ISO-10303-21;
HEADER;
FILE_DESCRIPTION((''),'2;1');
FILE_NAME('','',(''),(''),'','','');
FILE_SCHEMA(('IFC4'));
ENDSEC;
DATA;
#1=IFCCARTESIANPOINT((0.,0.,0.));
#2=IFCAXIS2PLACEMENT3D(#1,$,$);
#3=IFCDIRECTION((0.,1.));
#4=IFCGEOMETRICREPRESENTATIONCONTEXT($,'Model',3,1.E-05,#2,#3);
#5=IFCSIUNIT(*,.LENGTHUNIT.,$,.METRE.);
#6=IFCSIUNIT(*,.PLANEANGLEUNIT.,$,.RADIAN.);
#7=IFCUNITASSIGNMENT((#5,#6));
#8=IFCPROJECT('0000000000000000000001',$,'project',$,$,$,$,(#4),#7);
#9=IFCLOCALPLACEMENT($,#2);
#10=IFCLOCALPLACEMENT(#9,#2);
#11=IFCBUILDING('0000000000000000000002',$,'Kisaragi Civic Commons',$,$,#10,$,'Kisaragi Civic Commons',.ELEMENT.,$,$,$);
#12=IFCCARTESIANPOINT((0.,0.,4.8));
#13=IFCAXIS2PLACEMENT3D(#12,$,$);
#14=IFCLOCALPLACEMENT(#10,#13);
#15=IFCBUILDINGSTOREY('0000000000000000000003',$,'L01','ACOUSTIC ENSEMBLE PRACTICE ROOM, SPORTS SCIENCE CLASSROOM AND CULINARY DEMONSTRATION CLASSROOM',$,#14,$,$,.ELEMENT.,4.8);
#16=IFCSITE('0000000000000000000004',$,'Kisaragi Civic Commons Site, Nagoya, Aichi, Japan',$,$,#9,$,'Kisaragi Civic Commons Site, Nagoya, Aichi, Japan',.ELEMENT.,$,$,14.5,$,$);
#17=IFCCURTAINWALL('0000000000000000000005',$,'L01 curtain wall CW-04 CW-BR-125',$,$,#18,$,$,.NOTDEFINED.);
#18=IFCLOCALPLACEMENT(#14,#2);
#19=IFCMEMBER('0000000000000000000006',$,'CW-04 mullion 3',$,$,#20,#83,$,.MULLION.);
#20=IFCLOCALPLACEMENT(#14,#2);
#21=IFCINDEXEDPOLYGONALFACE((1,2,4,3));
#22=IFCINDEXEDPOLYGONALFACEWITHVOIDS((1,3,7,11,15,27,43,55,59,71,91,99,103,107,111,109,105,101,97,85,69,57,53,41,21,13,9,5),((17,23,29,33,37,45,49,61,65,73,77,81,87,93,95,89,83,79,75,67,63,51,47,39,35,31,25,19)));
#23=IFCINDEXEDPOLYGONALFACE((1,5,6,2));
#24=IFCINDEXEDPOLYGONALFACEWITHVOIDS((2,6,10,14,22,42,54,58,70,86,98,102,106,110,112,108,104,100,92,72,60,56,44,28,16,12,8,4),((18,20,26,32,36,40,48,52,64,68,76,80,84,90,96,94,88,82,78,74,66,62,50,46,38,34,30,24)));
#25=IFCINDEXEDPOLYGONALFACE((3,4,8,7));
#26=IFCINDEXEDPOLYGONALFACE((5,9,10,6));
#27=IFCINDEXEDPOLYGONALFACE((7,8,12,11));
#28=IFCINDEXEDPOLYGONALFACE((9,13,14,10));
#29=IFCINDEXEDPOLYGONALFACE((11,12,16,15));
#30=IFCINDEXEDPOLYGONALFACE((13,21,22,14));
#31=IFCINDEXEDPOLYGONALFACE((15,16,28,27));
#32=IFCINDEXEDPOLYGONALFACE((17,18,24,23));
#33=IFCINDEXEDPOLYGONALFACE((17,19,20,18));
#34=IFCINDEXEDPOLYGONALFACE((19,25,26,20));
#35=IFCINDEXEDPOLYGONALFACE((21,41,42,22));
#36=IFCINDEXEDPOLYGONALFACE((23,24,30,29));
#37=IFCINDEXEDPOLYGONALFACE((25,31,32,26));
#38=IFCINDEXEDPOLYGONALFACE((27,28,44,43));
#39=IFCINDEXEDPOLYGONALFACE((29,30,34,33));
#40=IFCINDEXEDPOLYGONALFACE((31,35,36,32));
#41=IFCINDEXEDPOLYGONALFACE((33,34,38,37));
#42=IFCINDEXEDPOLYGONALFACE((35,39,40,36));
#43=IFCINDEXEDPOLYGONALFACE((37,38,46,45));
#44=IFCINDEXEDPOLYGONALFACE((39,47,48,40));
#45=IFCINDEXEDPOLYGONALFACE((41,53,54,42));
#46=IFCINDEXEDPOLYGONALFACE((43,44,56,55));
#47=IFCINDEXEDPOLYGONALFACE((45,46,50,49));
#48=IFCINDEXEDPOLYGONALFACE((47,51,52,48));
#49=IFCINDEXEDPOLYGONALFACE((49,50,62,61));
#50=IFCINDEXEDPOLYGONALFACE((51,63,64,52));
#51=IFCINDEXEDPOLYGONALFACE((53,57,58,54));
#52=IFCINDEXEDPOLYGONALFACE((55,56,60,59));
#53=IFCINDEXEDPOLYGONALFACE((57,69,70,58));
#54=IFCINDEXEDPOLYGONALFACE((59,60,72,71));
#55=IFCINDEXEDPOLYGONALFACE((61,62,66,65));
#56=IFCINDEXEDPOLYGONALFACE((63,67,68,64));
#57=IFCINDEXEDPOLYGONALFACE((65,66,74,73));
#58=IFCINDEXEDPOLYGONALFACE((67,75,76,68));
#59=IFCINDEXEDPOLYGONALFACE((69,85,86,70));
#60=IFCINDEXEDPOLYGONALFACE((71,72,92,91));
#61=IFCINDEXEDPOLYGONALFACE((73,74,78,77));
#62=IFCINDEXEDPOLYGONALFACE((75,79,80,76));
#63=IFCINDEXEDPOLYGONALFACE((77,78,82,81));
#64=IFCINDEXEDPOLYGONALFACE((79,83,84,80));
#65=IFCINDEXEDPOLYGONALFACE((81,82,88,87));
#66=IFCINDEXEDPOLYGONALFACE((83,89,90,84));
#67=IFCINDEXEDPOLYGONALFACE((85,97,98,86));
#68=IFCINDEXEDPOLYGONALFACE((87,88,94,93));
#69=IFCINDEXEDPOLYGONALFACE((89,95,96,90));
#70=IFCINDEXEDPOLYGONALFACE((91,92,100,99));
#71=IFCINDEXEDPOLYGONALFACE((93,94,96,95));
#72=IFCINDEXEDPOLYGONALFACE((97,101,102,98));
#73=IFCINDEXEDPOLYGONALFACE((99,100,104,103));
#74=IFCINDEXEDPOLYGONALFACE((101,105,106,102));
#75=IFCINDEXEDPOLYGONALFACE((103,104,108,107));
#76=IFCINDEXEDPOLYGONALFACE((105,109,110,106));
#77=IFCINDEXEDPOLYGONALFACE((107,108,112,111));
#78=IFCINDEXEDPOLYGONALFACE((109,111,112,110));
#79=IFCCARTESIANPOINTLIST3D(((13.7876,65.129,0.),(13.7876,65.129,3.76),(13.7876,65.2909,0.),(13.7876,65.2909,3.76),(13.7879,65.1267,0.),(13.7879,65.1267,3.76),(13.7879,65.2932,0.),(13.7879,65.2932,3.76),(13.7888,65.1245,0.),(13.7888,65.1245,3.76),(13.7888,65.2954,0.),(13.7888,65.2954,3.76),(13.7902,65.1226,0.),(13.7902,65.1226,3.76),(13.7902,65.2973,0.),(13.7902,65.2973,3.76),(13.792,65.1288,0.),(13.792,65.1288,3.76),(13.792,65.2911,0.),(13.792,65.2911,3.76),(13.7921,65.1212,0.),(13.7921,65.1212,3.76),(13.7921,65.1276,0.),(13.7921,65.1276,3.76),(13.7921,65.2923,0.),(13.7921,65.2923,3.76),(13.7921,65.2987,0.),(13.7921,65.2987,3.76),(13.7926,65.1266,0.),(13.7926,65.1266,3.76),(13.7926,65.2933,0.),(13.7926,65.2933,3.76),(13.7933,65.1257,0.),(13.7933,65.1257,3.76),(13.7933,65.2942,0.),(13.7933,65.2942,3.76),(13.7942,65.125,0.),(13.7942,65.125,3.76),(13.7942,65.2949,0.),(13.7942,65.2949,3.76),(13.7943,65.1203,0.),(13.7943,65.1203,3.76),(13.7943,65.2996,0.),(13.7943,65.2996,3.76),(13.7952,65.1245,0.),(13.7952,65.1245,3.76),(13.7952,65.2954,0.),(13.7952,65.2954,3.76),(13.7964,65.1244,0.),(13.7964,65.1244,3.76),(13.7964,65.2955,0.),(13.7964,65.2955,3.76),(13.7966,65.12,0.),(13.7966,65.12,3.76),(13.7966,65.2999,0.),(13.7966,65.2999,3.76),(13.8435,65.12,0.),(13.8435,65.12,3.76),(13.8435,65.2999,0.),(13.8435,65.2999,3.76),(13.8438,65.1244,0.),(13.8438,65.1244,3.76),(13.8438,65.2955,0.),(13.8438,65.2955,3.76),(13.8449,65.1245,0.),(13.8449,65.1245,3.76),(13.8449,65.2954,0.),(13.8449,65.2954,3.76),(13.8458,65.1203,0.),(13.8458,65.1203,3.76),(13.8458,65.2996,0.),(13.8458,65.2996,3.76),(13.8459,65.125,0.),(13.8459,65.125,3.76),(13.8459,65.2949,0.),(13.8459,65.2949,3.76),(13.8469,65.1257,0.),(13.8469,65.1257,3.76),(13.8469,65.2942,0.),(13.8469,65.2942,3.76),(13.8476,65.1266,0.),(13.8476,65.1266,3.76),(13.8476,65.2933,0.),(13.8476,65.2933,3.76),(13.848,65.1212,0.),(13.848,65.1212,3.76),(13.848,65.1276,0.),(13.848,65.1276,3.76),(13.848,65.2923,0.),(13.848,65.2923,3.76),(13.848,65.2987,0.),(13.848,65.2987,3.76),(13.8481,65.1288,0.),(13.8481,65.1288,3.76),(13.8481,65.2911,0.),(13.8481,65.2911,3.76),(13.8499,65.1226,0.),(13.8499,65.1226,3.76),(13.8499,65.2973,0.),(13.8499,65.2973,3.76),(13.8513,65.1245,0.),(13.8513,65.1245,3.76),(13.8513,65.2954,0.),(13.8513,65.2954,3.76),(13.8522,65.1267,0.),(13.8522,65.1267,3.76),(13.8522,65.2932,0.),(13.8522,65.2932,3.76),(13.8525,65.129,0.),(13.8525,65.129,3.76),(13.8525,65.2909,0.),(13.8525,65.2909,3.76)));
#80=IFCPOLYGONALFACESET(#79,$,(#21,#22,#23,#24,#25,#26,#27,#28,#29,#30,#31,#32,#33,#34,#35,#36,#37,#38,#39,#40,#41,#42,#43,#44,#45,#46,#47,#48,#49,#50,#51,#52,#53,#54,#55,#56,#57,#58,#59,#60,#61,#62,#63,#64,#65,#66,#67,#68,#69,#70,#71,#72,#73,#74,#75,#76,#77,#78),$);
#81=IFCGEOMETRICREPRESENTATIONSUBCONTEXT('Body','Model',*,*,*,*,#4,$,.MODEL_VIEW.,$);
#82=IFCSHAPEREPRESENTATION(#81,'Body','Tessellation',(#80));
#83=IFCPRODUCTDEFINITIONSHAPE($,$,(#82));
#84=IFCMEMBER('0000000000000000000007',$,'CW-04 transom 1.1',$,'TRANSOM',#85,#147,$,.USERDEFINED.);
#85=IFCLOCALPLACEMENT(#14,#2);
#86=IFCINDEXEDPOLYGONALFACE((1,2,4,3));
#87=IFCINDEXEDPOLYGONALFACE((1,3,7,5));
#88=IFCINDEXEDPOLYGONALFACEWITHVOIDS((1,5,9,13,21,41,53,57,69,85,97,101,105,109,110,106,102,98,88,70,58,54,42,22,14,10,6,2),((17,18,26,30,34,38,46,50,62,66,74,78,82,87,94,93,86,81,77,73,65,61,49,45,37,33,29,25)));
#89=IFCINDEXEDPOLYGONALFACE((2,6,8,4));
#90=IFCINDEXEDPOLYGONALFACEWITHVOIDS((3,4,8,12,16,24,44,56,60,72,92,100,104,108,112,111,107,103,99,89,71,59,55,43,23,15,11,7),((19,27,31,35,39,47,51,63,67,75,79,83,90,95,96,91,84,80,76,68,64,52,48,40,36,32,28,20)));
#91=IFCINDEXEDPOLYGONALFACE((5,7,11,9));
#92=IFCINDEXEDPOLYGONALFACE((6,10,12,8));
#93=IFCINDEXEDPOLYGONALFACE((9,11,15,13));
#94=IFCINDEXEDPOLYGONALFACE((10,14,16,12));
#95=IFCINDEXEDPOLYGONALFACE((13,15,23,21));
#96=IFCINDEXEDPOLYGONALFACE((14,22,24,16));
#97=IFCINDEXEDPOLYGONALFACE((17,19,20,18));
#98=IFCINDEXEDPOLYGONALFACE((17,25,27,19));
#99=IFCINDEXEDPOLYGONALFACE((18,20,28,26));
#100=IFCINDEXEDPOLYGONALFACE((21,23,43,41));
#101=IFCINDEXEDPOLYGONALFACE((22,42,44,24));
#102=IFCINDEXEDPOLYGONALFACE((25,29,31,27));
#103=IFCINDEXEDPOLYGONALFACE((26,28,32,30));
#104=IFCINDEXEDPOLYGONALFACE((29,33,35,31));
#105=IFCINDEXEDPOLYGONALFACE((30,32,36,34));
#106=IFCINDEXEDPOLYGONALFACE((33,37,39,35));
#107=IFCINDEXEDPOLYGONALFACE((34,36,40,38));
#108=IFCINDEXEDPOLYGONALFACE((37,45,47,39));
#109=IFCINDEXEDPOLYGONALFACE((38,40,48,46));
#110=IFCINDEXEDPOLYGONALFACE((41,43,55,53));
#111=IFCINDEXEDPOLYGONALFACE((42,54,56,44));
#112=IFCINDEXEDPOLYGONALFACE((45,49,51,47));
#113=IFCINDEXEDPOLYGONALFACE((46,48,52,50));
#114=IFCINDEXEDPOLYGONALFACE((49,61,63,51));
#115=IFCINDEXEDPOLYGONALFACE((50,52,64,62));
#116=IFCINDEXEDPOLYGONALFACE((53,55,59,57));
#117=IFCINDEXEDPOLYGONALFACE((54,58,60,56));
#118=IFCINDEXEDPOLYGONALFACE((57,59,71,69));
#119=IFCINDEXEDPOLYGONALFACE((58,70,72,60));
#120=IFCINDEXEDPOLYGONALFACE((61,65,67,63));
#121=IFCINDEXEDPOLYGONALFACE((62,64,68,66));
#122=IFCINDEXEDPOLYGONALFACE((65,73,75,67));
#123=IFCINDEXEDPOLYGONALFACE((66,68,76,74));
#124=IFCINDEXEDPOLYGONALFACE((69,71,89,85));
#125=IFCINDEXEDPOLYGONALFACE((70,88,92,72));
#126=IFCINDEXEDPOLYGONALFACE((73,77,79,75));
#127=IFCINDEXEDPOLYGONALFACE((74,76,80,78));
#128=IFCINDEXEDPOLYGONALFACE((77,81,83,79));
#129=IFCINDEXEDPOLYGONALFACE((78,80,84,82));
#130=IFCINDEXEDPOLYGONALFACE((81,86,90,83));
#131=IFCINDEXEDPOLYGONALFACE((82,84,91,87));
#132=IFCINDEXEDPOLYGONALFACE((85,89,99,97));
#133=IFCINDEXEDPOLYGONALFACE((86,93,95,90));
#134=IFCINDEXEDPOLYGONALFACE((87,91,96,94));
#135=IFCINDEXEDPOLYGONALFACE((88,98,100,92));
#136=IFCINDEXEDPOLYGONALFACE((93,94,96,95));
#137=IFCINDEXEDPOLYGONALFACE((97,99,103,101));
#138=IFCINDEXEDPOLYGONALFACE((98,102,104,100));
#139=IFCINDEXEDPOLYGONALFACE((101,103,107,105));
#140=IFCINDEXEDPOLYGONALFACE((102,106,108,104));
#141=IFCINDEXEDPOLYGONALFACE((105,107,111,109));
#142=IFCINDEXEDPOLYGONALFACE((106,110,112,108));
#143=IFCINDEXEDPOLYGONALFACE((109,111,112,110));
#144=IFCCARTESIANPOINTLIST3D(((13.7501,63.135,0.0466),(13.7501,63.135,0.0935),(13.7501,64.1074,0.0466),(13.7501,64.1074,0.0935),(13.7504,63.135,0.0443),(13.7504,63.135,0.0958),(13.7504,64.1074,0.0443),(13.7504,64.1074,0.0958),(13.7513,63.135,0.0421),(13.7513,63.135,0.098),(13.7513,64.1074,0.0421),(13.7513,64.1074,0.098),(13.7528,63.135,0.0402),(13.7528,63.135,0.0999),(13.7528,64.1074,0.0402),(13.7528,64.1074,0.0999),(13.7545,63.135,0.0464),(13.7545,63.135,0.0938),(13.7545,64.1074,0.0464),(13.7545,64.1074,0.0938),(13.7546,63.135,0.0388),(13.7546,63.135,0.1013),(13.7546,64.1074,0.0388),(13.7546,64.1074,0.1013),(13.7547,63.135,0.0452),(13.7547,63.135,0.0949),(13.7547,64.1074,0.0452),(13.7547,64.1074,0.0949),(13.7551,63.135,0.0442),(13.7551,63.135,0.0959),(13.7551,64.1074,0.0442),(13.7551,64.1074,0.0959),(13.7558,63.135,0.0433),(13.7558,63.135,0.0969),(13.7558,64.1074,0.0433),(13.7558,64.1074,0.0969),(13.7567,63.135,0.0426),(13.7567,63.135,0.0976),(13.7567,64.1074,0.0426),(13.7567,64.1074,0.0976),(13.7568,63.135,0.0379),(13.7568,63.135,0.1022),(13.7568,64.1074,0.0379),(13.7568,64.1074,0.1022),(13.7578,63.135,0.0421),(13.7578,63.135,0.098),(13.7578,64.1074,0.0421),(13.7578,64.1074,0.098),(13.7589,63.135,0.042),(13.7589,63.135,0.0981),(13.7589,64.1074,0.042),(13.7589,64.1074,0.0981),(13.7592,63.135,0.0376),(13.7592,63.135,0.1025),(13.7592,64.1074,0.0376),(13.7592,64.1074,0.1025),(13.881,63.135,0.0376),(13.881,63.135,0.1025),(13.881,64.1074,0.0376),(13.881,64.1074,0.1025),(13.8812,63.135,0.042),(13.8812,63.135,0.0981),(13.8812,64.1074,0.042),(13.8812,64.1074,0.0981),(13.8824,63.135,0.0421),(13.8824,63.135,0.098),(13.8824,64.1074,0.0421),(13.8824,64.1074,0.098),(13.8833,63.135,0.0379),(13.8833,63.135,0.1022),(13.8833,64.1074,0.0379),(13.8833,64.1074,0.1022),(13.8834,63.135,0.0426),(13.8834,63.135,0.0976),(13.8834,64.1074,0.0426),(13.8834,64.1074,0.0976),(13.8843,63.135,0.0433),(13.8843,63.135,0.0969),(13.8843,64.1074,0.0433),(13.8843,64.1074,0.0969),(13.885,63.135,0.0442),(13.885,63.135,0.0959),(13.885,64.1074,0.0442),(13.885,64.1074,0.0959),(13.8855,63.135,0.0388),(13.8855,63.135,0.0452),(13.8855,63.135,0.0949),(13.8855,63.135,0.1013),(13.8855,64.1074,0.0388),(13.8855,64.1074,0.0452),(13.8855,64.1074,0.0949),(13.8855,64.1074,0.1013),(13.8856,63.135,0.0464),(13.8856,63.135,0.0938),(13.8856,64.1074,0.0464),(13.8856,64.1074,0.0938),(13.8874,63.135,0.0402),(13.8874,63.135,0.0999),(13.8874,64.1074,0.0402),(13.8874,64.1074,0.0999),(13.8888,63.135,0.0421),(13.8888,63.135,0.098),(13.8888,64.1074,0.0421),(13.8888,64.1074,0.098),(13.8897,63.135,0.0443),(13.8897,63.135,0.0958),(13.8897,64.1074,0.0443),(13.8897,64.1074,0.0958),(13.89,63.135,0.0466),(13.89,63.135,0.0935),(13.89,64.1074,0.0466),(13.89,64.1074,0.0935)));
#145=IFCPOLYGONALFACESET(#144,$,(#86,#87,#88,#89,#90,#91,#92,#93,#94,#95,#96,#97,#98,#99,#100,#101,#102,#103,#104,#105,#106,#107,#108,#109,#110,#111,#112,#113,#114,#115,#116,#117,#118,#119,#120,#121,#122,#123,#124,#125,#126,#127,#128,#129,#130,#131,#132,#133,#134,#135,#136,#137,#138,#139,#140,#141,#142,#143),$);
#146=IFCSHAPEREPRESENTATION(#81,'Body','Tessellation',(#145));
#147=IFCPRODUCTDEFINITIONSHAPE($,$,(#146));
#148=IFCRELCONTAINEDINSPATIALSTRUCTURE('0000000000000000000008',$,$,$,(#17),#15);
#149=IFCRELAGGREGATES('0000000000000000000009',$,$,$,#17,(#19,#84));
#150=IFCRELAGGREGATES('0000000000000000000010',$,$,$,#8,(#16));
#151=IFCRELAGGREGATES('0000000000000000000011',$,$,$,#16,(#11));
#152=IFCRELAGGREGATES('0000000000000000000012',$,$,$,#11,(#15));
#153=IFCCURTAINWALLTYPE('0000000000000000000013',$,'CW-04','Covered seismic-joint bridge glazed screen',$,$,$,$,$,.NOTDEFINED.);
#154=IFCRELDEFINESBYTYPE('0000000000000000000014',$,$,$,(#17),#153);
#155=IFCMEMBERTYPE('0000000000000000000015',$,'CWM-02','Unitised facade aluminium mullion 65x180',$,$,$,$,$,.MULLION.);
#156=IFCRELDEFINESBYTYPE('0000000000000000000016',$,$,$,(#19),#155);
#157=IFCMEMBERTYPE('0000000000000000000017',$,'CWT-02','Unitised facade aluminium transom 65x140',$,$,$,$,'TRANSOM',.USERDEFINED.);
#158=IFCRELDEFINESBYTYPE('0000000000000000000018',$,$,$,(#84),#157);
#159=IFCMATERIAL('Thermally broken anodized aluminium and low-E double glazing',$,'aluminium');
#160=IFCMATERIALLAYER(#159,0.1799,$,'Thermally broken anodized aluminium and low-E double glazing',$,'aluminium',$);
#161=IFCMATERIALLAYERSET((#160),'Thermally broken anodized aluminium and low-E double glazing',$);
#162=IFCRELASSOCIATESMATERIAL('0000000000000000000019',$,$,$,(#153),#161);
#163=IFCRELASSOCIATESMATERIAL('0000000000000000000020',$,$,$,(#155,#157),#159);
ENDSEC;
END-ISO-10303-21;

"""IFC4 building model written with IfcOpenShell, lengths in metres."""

from ifc_helpers import new_model, si_unit, direction, frame, origin, origin_2d, place, context, subcontext, project, spatial, hollow_rectangle, extrude, material, layer, layer_set, material_profile, profile_set, type_object, element, aggregate, save


model = new_model("IFC4")

# Units and contexts
model_context = context("Model", 3, precision=1e-05, world=origin(), true_north=direction((0.0, 1.0)))
body_context = subcontext(model_context, "Body", "Model", "MODEL_VIEW")
ifc_project = project(units=[si_unit("LENGTHUNIT", "METRE"), si_unit("PLANEANGLEUNIT", "RADIAN")], contexts=[model_context])

# Site, building, storey
site_placement = place(None, origin())
site = spatial("IfcSite", under=ifc_project, at=site_placement, Name="Kisaragi Civic Commons Site, Nagoya, Aichi, Japan", LongName="Kisaragi Civic Commons Site, Nagoya, Aichi, Japan", CompositionType="ELEMENT", RefElevation=14.5)
building_placement = place(site_placement, origin())
building = spatial("IfcBuilding", under=site, at=building_placement, Name="Kisaragi Civic Commons", LongName="Kisaragi Civic Commons", CompositionType="ELEMENT")
storey_placement = place(building_placement, frame((0.0, 0.0, 4.8)))
storey = spatial("IfcBuildingStorey", under=building, at=storey_placement, Name="L01", Description="ACOUSTIC ENSEMBLE PRACTICE ROOM, SPORTS SCIENCE CLASSROOM AND CULINARY DEMONSTRATION CLASSROOM", CompositionType="ELEMENT", Elevation=4.8)

# Curtain wall, members
ifc_material_1 = material(Name="Thermally broken anodized aluminium and low-E double glazing", Category="aluminium")
ifc_layer_1 = layer(ifc_material_1, 0.1799, Name="Thermally broken anodized aluminium and low-E double glazing", Category="aluminium")
ifc_layer_set_1 = layer_set([ifc_layer_1], Name="Thermally broken anodized aluminium and low-E double glazing")
curtain_wall_type = type_object("IfcCurtainWallType", Name="CW-04", Description="Covered seismic-joint bridge glazed screen", PredefinedType="NOTDEFINED", material=ifc_layer_set_1)
curtain_wall_placement = place(storey_placement, origin())
curtain_wall = element("IfcCurtainWall", 1, at=curtain_wall_placement, inside=storey, type_object=curtain_wall_type, Name="L01 curtain wall CW-04 CW-BR-125", PredefinedType="NOTDEFINED")
ifc_material_profile_1 = material_profile(ifc_material_1, hollow_rectangle(XDim=0.0649, YDim=0.1799, WallThickness=0.0044, InnerFilletRadius=0.0044, OuterFilletRadius=0.009, at=origin_2d()), Name="CWM-65x180x4.5", Category="aluminium")
ifc_profile_set_1 = profile_set([ifc_material_profile_1], Name="Thermally broken anodized aluminium and low-E double glazing")
member_type_1 = type_object("IfcMemberType", Name="CWM-02", Description="Unitised facade aluminium mullion 65x180", PredefinedType="MULLION", material=ifc_profile_set_1)
member_1_placement = place(storey_placement, frame((13.8201, 65.21, 0.0), z_axis=(0.0, 0.0, 1.0), x_axis=(-1.0, 0.0, 0.0)))
member_1 = element("IfcMember", 2, at=member_1_placement, type_object=member_type_1, Name="CW-04 mullion 3", PredefinedType="MULLION", context=body_context, shape_type="SweptSolid", body=[
    extrude(hollow_rectangle(XDim=0.0649, YDim=0.1799, WallThickness=0.0044, InnerFilletRadius=0.0044, OuterFilletRadius=0.009, at=origin_2d()), origin(), (0.0, 0.0, 1.0), 3.76),
])
ifc_material_profile_2 = material_profile(ifc_material_1, hollow_rectangle(XDim=0.1399, YDim=0.0649, WallThickness=0.0044, InnerFilletRadius=0.0044, OuterFilletRadius=0.009, at=origin_2d()), Name="CWT-65x140x4.5", Category="aluminium")
ifc_profile_set_2 = profile_set([ifc_material_profile_2], Name="Thermally broken anodized aluminium and low-E double glazing")
member_type_2 = type_object("IfcMemberType", Name="CWT-02", Description="Unitised facade aluminium transom 65x140", ElementType="TRANSOM", PredefinedType="USERDEFINED", material=ifc_profile_set_2)
member_2_placement = place(storey_placement, frame((13.8201, 63.135, 0.0701), z_axis=(0.0, 1.0, 0.0), x_axis=(-1.0, 0.0, 0.0)))
member_2 = element("IfcMember", 3, at=member_2_placement, type_object=member_type_2, Name="CW-04 transom 1.1", ObjectType="TRANSOM", PredefinedType="USERDEFINED", context=body_context, shape_type="SweptSolid", body=[
    extrude(hollow_rectangle(XDim=0.1399, YDim=0.0649, WallThickness=0.0044, InnerFilletRadius=0.0044, OuterFilletRadius=0.009, at=origin_2d()), origin(), (0.0, 0.0, 1.0), 0.9724),
])
aggregate(curtain_wall, [member_1, member_2])

save(model, "model.ifc")
